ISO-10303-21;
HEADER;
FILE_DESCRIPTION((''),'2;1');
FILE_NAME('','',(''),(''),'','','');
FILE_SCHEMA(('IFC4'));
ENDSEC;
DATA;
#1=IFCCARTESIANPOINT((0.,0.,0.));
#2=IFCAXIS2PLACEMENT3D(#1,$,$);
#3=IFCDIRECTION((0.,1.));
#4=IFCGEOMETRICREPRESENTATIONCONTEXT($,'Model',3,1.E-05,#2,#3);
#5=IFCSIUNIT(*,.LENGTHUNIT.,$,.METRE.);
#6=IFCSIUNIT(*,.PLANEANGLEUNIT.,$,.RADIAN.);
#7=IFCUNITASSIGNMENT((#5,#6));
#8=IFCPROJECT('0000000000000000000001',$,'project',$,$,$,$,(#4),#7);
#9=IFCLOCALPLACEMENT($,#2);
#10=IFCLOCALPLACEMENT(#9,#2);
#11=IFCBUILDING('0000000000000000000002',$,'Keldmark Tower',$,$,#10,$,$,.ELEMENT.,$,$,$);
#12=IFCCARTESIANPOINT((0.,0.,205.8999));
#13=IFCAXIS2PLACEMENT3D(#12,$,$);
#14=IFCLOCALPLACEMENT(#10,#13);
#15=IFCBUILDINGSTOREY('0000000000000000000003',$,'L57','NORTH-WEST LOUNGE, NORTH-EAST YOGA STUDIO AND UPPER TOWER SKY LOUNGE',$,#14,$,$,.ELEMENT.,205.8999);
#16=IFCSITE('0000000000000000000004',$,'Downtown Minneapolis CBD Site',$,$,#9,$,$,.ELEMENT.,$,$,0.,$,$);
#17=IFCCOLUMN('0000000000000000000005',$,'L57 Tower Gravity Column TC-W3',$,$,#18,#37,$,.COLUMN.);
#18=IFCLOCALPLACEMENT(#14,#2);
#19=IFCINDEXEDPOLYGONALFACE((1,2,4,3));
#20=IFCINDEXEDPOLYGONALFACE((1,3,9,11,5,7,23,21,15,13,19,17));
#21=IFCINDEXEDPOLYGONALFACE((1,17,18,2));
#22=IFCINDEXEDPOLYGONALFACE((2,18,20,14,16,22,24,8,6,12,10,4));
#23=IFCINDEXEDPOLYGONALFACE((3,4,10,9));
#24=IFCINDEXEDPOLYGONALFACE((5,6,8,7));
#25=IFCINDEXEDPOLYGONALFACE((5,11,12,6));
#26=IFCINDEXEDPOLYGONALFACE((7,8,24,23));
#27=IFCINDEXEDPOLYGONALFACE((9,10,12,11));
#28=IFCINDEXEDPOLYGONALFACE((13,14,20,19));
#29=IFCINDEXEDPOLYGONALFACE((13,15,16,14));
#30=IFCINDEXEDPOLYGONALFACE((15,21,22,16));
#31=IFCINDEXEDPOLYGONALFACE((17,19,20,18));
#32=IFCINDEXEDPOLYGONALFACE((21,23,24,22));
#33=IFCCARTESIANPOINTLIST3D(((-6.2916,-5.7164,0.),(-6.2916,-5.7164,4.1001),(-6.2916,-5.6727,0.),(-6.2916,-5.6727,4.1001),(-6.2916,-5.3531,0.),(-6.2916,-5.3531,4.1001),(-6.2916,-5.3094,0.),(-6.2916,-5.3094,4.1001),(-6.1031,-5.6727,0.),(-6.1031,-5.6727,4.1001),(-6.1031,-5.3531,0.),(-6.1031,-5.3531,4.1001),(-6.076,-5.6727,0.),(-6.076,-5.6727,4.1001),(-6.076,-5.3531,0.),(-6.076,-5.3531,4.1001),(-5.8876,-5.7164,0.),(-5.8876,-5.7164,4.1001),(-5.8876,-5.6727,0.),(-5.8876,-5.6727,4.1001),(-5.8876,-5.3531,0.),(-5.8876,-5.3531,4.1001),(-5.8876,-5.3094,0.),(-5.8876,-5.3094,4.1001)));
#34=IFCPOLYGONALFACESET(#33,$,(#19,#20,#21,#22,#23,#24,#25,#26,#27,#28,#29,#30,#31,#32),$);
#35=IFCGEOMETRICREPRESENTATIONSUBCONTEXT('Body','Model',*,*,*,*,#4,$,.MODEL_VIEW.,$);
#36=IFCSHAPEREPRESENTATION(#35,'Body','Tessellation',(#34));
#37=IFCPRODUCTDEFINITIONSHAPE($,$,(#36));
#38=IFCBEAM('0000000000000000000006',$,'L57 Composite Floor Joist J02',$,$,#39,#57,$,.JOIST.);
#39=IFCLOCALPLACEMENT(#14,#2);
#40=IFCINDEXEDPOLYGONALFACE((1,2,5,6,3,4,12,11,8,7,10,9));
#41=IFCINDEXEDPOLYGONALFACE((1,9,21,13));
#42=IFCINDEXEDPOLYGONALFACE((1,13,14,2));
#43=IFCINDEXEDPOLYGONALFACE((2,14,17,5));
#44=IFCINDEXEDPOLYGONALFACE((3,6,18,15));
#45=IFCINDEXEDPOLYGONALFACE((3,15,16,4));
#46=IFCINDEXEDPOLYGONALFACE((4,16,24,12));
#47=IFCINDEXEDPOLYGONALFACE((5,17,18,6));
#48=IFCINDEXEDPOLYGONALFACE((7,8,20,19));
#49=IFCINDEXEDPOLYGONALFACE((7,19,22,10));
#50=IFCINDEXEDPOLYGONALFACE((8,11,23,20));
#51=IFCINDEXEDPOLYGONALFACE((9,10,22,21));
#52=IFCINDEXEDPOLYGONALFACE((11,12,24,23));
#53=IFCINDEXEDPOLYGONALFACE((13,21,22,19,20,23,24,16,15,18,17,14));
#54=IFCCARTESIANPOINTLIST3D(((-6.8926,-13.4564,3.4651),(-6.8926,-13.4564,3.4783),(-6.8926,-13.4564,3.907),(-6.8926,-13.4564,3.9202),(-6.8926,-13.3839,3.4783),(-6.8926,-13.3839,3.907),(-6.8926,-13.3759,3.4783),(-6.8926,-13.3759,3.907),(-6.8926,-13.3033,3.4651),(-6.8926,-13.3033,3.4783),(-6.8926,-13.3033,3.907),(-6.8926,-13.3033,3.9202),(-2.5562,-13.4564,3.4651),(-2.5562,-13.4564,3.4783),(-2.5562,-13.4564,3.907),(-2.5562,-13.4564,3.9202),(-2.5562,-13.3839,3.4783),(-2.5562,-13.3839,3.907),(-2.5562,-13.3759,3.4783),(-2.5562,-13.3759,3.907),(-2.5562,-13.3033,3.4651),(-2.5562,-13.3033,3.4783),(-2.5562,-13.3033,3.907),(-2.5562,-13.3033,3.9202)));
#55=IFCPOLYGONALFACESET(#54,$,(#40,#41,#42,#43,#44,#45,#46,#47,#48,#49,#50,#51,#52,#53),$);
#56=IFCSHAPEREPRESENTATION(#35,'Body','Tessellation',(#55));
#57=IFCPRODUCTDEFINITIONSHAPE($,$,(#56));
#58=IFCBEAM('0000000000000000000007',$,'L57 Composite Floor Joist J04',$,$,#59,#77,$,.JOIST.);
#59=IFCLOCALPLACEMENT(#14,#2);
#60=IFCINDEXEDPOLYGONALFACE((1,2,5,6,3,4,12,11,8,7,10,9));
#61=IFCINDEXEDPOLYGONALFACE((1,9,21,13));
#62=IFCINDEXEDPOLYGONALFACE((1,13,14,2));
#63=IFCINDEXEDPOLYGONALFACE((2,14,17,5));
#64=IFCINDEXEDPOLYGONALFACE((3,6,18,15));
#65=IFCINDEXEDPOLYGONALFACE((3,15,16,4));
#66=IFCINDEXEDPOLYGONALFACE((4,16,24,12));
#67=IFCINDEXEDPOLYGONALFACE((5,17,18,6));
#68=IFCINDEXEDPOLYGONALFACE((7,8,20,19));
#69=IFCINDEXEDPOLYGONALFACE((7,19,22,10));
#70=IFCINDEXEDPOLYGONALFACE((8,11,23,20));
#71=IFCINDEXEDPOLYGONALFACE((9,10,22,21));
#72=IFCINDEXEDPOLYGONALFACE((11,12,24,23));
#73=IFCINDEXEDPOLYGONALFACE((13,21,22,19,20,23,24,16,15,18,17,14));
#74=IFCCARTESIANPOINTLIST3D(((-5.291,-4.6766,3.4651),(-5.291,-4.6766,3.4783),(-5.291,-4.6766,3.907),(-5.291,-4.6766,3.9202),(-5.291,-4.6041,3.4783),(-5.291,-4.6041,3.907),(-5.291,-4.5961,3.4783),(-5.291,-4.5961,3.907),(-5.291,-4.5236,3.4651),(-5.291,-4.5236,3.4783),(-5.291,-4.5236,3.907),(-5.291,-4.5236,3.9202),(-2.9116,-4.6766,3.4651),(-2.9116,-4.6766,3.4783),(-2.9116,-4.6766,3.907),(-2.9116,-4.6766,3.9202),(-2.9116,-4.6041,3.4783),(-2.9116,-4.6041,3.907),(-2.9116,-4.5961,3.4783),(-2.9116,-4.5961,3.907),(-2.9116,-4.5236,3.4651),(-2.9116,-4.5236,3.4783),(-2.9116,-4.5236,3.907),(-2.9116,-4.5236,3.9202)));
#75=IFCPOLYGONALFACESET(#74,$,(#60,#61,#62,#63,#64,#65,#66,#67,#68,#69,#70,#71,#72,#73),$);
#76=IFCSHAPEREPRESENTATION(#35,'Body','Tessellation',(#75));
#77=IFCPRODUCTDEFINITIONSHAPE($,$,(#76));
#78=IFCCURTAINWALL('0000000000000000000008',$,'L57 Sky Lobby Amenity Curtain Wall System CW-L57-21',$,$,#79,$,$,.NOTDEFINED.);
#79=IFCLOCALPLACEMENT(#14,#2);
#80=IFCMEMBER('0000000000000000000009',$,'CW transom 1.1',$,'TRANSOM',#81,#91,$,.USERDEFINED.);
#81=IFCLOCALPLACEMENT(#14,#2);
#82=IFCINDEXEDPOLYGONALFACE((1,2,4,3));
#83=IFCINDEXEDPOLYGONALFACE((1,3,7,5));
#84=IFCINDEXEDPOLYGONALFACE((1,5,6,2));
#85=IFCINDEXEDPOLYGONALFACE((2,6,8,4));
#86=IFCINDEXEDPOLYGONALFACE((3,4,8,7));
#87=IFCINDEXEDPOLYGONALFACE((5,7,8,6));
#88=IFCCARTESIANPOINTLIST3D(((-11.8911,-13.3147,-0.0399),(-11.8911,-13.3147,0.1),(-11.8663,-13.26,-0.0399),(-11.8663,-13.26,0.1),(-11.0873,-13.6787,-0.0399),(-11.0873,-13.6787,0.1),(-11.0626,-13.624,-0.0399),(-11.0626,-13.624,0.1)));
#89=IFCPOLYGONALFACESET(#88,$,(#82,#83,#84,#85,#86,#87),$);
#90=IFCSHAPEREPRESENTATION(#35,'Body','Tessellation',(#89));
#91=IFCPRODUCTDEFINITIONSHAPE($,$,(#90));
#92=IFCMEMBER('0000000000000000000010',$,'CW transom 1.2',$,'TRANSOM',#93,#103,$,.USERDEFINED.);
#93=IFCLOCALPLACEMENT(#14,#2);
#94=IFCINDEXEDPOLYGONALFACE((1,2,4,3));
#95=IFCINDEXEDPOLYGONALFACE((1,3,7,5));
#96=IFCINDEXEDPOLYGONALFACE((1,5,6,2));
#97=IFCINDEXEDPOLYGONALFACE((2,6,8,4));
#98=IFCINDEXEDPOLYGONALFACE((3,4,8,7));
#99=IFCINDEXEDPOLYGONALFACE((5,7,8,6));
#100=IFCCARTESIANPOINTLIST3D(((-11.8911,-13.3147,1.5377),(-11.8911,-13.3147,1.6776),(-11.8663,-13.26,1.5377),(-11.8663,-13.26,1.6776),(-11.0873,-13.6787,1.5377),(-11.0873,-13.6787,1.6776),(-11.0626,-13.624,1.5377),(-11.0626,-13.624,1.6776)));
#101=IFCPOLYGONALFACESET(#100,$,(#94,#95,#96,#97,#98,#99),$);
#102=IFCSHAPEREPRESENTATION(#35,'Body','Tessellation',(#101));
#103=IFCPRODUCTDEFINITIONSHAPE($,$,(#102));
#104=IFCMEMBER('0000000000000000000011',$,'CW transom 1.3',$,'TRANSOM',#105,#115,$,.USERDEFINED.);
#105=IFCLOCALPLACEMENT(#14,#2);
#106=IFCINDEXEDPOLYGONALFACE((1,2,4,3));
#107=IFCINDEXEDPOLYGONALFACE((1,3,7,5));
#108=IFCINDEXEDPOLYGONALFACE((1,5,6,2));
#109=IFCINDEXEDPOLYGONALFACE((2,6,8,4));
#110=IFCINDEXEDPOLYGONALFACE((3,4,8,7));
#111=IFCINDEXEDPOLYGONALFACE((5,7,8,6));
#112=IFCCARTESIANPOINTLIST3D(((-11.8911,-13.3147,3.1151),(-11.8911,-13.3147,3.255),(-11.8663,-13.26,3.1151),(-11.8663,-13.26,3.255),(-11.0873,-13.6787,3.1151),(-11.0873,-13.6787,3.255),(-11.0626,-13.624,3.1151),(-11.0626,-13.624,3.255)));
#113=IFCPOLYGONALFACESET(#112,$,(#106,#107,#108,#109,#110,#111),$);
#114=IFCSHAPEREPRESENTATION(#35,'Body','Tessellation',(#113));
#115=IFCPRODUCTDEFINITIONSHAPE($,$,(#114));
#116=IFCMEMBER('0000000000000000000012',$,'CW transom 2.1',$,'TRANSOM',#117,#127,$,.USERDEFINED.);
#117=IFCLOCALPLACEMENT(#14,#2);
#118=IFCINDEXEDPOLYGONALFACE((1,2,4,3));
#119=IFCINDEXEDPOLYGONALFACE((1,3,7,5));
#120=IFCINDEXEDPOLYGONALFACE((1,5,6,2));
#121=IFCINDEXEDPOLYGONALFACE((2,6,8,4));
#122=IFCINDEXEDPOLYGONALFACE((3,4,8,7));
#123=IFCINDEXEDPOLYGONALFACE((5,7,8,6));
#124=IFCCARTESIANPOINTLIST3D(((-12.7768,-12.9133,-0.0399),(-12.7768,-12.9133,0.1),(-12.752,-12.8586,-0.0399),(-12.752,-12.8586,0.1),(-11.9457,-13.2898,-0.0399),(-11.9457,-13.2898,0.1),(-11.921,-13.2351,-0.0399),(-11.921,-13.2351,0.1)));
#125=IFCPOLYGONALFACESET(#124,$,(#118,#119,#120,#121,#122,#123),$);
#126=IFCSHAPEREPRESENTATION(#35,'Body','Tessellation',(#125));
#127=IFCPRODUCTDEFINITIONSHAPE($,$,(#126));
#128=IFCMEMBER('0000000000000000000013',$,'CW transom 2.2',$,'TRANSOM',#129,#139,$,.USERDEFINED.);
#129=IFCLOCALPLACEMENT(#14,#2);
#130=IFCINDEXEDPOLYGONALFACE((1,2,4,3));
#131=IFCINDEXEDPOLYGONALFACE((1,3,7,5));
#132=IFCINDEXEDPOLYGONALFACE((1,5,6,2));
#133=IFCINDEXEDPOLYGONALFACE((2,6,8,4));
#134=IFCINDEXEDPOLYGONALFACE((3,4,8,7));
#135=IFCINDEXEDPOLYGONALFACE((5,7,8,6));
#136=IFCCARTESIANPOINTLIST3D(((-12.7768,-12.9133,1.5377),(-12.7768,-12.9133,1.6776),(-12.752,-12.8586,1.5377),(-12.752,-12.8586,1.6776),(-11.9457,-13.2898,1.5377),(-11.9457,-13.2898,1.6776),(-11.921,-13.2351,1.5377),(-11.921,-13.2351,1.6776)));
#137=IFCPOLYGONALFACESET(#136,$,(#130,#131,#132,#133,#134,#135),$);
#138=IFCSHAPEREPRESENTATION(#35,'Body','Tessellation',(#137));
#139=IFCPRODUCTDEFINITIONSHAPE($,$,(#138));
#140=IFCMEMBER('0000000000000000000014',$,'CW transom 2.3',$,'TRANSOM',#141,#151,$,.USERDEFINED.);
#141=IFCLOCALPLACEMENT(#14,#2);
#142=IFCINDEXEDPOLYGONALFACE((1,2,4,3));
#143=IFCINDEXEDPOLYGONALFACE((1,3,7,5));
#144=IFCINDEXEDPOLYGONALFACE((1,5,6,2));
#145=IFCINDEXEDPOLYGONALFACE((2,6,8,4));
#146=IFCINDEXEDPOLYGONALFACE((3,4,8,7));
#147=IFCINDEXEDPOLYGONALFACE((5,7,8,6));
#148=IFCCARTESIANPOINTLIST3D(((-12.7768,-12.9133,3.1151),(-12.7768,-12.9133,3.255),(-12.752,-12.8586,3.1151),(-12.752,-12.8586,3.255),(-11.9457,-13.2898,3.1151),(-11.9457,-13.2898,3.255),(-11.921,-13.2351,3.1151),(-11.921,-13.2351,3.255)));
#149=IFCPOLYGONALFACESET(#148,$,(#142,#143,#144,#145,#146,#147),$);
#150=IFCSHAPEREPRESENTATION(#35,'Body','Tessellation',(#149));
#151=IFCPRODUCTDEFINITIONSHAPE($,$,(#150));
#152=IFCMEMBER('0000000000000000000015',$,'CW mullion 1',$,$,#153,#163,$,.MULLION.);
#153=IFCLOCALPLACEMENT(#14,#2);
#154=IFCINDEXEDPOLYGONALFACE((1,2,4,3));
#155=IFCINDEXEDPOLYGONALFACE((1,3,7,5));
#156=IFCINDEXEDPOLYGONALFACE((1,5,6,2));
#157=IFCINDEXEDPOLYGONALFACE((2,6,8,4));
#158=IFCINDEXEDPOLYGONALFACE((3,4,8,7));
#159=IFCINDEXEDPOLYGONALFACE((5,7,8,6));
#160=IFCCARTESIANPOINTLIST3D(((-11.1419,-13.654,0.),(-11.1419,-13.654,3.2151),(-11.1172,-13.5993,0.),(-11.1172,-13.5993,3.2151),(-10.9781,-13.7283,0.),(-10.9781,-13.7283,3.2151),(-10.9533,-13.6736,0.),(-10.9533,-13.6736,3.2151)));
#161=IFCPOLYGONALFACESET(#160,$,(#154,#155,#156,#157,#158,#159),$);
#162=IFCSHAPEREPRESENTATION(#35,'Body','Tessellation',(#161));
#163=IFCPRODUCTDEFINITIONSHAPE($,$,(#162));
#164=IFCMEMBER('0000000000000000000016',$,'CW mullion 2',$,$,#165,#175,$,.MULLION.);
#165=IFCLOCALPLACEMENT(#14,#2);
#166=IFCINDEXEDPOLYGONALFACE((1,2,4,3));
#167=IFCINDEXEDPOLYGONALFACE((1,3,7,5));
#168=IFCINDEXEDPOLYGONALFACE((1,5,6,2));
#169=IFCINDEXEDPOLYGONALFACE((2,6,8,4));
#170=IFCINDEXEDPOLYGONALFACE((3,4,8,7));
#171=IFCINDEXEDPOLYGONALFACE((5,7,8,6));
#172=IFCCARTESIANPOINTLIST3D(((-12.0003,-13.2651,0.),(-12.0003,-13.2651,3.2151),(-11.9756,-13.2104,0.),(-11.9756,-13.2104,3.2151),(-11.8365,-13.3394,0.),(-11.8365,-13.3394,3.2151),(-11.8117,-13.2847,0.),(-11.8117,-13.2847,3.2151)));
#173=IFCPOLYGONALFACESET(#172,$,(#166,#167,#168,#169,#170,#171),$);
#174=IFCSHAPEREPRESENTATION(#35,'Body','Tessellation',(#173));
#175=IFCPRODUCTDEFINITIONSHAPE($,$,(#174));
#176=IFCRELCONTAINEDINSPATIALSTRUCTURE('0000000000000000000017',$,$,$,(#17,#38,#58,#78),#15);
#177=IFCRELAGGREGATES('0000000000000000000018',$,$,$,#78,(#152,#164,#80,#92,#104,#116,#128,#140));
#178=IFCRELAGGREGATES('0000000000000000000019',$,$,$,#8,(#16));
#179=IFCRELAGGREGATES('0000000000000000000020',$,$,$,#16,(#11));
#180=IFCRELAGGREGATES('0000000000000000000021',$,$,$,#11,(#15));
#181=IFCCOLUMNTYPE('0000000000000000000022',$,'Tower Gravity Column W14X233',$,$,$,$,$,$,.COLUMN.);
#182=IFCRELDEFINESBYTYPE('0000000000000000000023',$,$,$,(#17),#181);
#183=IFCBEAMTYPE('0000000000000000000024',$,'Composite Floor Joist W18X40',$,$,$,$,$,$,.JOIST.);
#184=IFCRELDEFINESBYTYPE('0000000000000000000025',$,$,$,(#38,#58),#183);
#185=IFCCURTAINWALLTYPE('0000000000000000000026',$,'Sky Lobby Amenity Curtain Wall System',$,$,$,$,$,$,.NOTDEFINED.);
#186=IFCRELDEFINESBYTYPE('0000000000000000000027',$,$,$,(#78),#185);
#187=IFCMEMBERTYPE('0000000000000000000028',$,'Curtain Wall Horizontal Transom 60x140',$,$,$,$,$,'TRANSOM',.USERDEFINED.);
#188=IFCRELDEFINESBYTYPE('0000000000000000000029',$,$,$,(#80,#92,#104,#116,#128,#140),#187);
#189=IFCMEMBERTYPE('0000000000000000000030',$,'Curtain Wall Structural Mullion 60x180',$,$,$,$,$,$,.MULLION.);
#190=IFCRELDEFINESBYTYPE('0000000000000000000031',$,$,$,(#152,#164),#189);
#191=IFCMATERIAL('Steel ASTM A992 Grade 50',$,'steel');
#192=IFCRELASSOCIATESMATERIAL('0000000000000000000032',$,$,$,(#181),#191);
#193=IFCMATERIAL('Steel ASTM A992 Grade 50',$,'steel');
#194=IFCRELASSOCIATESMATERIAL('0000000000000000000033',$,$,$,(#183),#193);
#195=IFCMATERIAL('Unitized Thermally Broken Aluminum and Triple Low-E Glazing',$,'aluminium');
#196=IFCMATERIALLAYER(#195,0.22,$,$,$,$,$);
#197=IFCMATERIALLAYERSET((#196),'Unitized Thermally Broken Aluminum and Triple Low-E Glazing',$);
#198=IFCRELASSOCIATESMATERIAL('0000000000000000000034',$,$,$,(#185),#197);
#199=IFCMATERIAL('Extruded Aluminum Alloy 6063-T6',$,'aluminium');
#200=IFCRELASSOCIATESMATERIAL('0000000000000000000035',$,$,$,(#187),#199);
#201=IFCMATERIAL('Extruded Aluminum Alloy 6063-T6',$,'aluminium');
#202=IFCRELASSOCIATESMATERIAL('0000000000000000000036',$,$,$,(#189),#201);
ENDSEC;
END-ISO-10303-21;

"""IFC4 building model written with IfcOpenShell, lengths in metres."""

from ifc_helpers import new_model, si_unit, direction, frame, origin, origin_2d, place, context, subcontext, project, spatial, rectangle, i_section, extrude, material, layer, layer_set, material_profile, profile_set, type_object, element, aggregate, save


model = new_model("IFC4")

# Units and contexts
model_context = context("Model", 3, precision=1e-05, world=origin(), true_north=direction((0.0, 1.0)))
body_context = subcontext(model_context, "Body", "Model", "MODEL_VIEW")
ifc_project = project(units=[si_unit("LENGTHUNIT", "METRE"), si_unit("PLANEANGLEUNIT", "RADIAN")], contexts=[model_context])

# Site, building, storey
site_placement = place(None, origin())
site = spatial("IfcSite", under=ifc_project, at=site_placement, Name="Downtown Minneapolis CBD Site", CompositionType="ELEMENT", RefElevation=0.0)
building_placement = place(site_placement, origin())
building = spatial("IfcBuilding", under=site, at=building_placement, Name="Keldmark Tower", CompositionType="ELEMENT")
storey_placement = place(building_placement, frame((0.0, 0.0, 205.8999)))
storey = spatial("IfcBuildingStorey", under=building, at=storey_placement, Name="L57", Description="NORTH-WEST LOUNGE, NORTH-EAST YOGA STUDIO AND UPPER TOWER SKY LOUNGE", CompositionType="ELEMENT", Elevation=205.8999)

# Column
ifc_material_1 = material(Name="Steel ASTM A992 Grade 50", Category="steel")
ifc_material_profile_1 = material_profile(ifc_material_1, i_section(OverallWidth=0.4041, OverallDepth=0.407, WebThickness=0.0271, FlangeThickness=0.0437, at=origin_2d()), Name="W14X233")
ifc_profile_set_1 = profile_set([ifc_material_profile_1], Name="Steel ASTM A992 Grade 50")
column_type = type_object("IfcColumnType", Name="Tower Gravity Column W14X233", PredefinedType="COLUMN", material=ifc_profile_set_1)
column_placement = place(storey_placement, frame((-6.0896, -5.5129, 0.0), z_axis=(0.0, 0.0, 1.0), x_axis=(1.0, 0.0, 0.0)))
element("IfcColumn", 1, at=column_placement, inside=storey, type_object=column_type, Name="L57 Tower Gravity Column TC-W3", PredefinedType="COLUMN", context=body_context, shape_type="SweptSolid", body=[
    extrude(i_section(OverallWidth=0.4041, OverallDepth=0.407, WebThickness=0.0271, FlangeThickness=0.0437, at=origin_2d()), origin(), (0.0, 0.0, 1.0), 4.1001),
])

# Beams
ifc_material_2 = material(Name="Steel ASTM A992 Grade 50", Category="steel")
ifc_material_profile_2 = material_profile(ifc_material_2, i_section(OverallWidth=0.1531, OverallDepth=0.4551, WebThickness=0.0081, FlangeThickness=0.0132, at=origin_2d()), Name="W18X40")
ifc_profile_set_2 = profile_set([ifc_material_profile_2], Name="Steel ASTM A992 Grade 50")
beam_type_1 = type_object("IfcBeamType", Name="Composite Floor Joist W18X40", PredefinedType="JOIST", material=ifc_profile_set_2)
beam_1_placement = place(storey_placement, frame((-6.8926, -13.3799, 3.6926), z_axis=(1.0, 0.0, 0.0), x_axis=(0.0, 1.0, 0.0)))
element("IfcBeam", 2, at=beam_1_placement, inside=storey, type_object=beam_type_1, Name="L57 Composite Floor Joist J02", PredefinedType="JOIST", context=body_context, shape_type="SweptSolid", body=[
    extrude(i_section(OverallWidth=0.1531, OverallDepth=0.4551, WebThickness=0.0081, FlangeThickness=0.0132, at=origin_2d()), origin(), (0.0, 0.0, 1.0), 4.3364),
])
beam_2_placement = place(storey_placement, frame((-5.291, -4.6001, 3.6926), z_axis=(1.0, 0.0, 0.0), x_axis=(0.0, 1.0, 0.0)))
element("IfcBeam", 3, at=beam_2_placement, inside=storey, type_object=beam_type_1, Name="L57 Composite Floor Joist J04", PredefinedType="JOIST", context=body_context, shape_type="SweptSolid", body=[
    extrude(i_section(OverallWidth=0.1531, OverallDepth=0.4551, WebThickness=0.0081, FlangeThickness=0.0132, at=origin_2d()), origin(), (0.0, 0.0, 1.0), 2.3794),
])

# Curtain wall, members
ifc_material_3 = material(Name="Unitized Thermally Broken Aluminum and Triple Low-E Glazing", Category="aluminium")
ifc_layer_1 = layer(ifc_material_3, 0.22)
ifc_layer_set_1 = layer_set([ifc_layer_1], Name="Unitized Thermally Broken Aluminum and Triple Low-E Glazing")
curtain_wall_type = type_object("IfcCurtainWallType", Name="Sky Lobby Amenity Curtain Wall System", PredefinedType="NOTDEFINED", material=ifc_layer_set_1)
curtain_wall_placement = place(storey_placement, origin())
curtain_wall = element("IfcCurtainWall", 4, at=curtain_wall_placement, inside=storey, type_object=curtain_wall_type, Name="L57 Sky Lobby Amenity Curtain Wall System CW-L57-21", PredefinedType="NOTDEFINED")
ifc_material_4 = material(Name="Extruded Aluminum Alloy 6063-T6", Category="aluminium")
ifc_material_profile_3 = material_profile(ifc_material_4, rectangle(XDim=0.0601, YDim=0.1399, at=origin_2d()), Name="CWT60X140")
ifc_profile_set_3 = profile_set([ifc_material_profile_3], Name="Extruded Aluminum Alloy 6063-T6")
member_type_1 = type_object("IfcMemberType", Name="Curtain Wall Horizontal Transom 60x140", ElementType="TRANSOM", PredefinedType="USERDEFINED", material=ifc_profile_set_3)
member_1_placement = place(storey_placement, frame((-11.075, -13.6514, 0.03), z_axis=(-0.910925, 0.412573, 0.0), x_axis=(-0.412573, -0.910925, 0.0)))
member_1 = element("IfcMember", 5, at=member_1_placement, type_object=member_type_1, Name="CW transom 1.1", ObjectType="TRANSOM", PredefinedType="USERDEFINED", context=body_context, shape_type="SweptSolid", body=[
    extrude(rectangle(XDim=0.0601, YDim=0.1399, at=origin_2d()), origin(), (0.0, 0.0, 1.0), 0.8823),
])
member_2_placement = place(storey_placement, frame((-11.075, -13.6514, 1.6077), z_axis=(-0.910925, 0.412573, 0.0), x_axis=(-0.412573, -0.910925, 0.0)))
member_2 = element("IfcMember", 6, at=member_2_placement, type_object=member_type_1, Name="CW transom 1.2", ObjectType="TRANSOM", PredefinedType="USERDEFINED", context=body_context, shape_type="SweptSolid", body=[
    extrude(rectangle(XDim=0.0601, YDim=0.1399, at=origin_2d()), origin(), (0.0, 0.0, 1.0), 0.8823),
])
member_3_placement = place(storey_placement, frame((-11.075, -13.6514, 3.1851), z_axis=(-0.910925, 0.412573, 0.0), x_axis=(-0.412573, -0.910925, 0.0)))
member_3 = element("IfcMember", 7, at=member_3_placement, type_object=member_type_1, Name="CW transom 1.3", ObjectType="TRANSOM", PredefinedType="USERDEFINED", context=body_context, shape_type="SweptSolid", body=[
    extrude(rectangle(XDim=0.0601, YDim=0.1399, at=origin_2d()), origin(), (0.0, 0.0, 1.0), 0.8823),
])
member_4_placement = place(storey_placement, frame((-11.9333, -13.2625, 0.03), z_axis=(-0.910897, 0.412633, 0.0), x_axis=(-0.412633, -0.910897, 0.0)))
member_4 = element("IfcMember", 8, at=member_4_placement, type_object=member_type_1, Name="CW transom 2.1", ObjectType="TRANSOM", PredefinedType="USERDEFINED", context=body_context, shape_type="SweptSolid", body=[
    extrude(rectangle(XDim=0.0601, YDim=0.1399, at=origin_2d()), origin(), (0.0, 0.0, 1.0), 0.9124),
])
member_5_placement = place(storey_placement, frame((-11.9333, -13.2625, 1.6077), z_axis=(-0.910897, 0.412633, 0.0), x_axis=(-0.412633, -0.910897, 0.0)))
member_5 = element("IfcMember", 9, at=member_5_placement, type_object=member_type_1, Name="CW transom 2.2", ObjectType="TRANSOM", PredefinedType="USERDEFINED", context=body_context, shape_type="SweptSolid", body=[
    extrude(rectangle(XDim=0.0601, YDim=0.1399, at=origin_2d()), origin(), (0.0, 0.0, 1.0), 0.9124),
])
member_6_placement = place(storey_placement, frame((-11.9333, -13.2625, 3.1851), z_axis=(-0.910897, 0.412633, 0.0), x_axis=(-0.412633, -0.910897, 0.0)))
member_6 = element("IfcMember", 10, at=member_6_placement, type_object=member_type_1, Name="CW transom 2.3", ObjectType="TRANSOM", PredefinedType="USERDEFINED", context=body_context, shape_type="SweptSolid", body=[
    extrude(rectangle(XDim=0.0601, YDim=0.1399, at=origin_2d()), origin(), (0.0, 0.0, 1.0), 0.9124),
])
ifc_material_5 = material(Name="Extruded Aluminum Alloy 6063-T6", Category="aluminium")
ifc_material_profile_4 = material_profile(ifc_material_5, rectangle(XDim=0.0601, YDim=0.1799, at=origin_2d()), Name="CWM60X180")
ifc_profile_set_4 = profile_set([ifc_material_profile_4], Name="Extruded Aluminum Alloy 6063-T6")
member_type_2 = type_object("IfcMemberType", Name="Curtain Wall Structural Mullion 60x180", PredefinedType="MULLION", material=ifc_profile_set_4)
member_7_placement = place(storey_placement, frame((-11.0476, -13.6638, 0.0), z_axis=(0.0, 0.0, 1.0), x_axis=(-0.412693, -0.91087, 0.0)))
member_7 = element("IfcMember", 11, at=member_7_placement, type_object=member_type_2, Name="CW mullion 1", PredefinedType="MULLION", context=body_context, shape_type="SweptSolid", body=[
    extrude(rectangle(XDim=0.0601, YDim=0.1799, at=origin_2d()), origin(), (0.0, 0.0, 1.0), 3.2151),
])
member_8_placement = place(storey_placement, frame((-11.906, -13.2749, 0.0), z_axis=(0.0, 0.0, 1.0), x_axis=(-0.412693, -0.91087, 0.0)))
member_8 = element("IfcMember", 12, at=member_8_placement, type_object=member_type_2, Name="CW mullion 2", PredefinedType="MULLION", context=body_context, shape_type="SweptSolid", body=[
    extrude(rectangle(XDim=0.0601, YDim=0.1799, at=origin_2d()), origin(), (0.0, 0.0, 1.0), 3.2151),
])

aggregate(curtain_wall, [member_7, member_8, member_1, member_2, member_3, member_4, member_5, member_6])

save(model, "model.ifc")
